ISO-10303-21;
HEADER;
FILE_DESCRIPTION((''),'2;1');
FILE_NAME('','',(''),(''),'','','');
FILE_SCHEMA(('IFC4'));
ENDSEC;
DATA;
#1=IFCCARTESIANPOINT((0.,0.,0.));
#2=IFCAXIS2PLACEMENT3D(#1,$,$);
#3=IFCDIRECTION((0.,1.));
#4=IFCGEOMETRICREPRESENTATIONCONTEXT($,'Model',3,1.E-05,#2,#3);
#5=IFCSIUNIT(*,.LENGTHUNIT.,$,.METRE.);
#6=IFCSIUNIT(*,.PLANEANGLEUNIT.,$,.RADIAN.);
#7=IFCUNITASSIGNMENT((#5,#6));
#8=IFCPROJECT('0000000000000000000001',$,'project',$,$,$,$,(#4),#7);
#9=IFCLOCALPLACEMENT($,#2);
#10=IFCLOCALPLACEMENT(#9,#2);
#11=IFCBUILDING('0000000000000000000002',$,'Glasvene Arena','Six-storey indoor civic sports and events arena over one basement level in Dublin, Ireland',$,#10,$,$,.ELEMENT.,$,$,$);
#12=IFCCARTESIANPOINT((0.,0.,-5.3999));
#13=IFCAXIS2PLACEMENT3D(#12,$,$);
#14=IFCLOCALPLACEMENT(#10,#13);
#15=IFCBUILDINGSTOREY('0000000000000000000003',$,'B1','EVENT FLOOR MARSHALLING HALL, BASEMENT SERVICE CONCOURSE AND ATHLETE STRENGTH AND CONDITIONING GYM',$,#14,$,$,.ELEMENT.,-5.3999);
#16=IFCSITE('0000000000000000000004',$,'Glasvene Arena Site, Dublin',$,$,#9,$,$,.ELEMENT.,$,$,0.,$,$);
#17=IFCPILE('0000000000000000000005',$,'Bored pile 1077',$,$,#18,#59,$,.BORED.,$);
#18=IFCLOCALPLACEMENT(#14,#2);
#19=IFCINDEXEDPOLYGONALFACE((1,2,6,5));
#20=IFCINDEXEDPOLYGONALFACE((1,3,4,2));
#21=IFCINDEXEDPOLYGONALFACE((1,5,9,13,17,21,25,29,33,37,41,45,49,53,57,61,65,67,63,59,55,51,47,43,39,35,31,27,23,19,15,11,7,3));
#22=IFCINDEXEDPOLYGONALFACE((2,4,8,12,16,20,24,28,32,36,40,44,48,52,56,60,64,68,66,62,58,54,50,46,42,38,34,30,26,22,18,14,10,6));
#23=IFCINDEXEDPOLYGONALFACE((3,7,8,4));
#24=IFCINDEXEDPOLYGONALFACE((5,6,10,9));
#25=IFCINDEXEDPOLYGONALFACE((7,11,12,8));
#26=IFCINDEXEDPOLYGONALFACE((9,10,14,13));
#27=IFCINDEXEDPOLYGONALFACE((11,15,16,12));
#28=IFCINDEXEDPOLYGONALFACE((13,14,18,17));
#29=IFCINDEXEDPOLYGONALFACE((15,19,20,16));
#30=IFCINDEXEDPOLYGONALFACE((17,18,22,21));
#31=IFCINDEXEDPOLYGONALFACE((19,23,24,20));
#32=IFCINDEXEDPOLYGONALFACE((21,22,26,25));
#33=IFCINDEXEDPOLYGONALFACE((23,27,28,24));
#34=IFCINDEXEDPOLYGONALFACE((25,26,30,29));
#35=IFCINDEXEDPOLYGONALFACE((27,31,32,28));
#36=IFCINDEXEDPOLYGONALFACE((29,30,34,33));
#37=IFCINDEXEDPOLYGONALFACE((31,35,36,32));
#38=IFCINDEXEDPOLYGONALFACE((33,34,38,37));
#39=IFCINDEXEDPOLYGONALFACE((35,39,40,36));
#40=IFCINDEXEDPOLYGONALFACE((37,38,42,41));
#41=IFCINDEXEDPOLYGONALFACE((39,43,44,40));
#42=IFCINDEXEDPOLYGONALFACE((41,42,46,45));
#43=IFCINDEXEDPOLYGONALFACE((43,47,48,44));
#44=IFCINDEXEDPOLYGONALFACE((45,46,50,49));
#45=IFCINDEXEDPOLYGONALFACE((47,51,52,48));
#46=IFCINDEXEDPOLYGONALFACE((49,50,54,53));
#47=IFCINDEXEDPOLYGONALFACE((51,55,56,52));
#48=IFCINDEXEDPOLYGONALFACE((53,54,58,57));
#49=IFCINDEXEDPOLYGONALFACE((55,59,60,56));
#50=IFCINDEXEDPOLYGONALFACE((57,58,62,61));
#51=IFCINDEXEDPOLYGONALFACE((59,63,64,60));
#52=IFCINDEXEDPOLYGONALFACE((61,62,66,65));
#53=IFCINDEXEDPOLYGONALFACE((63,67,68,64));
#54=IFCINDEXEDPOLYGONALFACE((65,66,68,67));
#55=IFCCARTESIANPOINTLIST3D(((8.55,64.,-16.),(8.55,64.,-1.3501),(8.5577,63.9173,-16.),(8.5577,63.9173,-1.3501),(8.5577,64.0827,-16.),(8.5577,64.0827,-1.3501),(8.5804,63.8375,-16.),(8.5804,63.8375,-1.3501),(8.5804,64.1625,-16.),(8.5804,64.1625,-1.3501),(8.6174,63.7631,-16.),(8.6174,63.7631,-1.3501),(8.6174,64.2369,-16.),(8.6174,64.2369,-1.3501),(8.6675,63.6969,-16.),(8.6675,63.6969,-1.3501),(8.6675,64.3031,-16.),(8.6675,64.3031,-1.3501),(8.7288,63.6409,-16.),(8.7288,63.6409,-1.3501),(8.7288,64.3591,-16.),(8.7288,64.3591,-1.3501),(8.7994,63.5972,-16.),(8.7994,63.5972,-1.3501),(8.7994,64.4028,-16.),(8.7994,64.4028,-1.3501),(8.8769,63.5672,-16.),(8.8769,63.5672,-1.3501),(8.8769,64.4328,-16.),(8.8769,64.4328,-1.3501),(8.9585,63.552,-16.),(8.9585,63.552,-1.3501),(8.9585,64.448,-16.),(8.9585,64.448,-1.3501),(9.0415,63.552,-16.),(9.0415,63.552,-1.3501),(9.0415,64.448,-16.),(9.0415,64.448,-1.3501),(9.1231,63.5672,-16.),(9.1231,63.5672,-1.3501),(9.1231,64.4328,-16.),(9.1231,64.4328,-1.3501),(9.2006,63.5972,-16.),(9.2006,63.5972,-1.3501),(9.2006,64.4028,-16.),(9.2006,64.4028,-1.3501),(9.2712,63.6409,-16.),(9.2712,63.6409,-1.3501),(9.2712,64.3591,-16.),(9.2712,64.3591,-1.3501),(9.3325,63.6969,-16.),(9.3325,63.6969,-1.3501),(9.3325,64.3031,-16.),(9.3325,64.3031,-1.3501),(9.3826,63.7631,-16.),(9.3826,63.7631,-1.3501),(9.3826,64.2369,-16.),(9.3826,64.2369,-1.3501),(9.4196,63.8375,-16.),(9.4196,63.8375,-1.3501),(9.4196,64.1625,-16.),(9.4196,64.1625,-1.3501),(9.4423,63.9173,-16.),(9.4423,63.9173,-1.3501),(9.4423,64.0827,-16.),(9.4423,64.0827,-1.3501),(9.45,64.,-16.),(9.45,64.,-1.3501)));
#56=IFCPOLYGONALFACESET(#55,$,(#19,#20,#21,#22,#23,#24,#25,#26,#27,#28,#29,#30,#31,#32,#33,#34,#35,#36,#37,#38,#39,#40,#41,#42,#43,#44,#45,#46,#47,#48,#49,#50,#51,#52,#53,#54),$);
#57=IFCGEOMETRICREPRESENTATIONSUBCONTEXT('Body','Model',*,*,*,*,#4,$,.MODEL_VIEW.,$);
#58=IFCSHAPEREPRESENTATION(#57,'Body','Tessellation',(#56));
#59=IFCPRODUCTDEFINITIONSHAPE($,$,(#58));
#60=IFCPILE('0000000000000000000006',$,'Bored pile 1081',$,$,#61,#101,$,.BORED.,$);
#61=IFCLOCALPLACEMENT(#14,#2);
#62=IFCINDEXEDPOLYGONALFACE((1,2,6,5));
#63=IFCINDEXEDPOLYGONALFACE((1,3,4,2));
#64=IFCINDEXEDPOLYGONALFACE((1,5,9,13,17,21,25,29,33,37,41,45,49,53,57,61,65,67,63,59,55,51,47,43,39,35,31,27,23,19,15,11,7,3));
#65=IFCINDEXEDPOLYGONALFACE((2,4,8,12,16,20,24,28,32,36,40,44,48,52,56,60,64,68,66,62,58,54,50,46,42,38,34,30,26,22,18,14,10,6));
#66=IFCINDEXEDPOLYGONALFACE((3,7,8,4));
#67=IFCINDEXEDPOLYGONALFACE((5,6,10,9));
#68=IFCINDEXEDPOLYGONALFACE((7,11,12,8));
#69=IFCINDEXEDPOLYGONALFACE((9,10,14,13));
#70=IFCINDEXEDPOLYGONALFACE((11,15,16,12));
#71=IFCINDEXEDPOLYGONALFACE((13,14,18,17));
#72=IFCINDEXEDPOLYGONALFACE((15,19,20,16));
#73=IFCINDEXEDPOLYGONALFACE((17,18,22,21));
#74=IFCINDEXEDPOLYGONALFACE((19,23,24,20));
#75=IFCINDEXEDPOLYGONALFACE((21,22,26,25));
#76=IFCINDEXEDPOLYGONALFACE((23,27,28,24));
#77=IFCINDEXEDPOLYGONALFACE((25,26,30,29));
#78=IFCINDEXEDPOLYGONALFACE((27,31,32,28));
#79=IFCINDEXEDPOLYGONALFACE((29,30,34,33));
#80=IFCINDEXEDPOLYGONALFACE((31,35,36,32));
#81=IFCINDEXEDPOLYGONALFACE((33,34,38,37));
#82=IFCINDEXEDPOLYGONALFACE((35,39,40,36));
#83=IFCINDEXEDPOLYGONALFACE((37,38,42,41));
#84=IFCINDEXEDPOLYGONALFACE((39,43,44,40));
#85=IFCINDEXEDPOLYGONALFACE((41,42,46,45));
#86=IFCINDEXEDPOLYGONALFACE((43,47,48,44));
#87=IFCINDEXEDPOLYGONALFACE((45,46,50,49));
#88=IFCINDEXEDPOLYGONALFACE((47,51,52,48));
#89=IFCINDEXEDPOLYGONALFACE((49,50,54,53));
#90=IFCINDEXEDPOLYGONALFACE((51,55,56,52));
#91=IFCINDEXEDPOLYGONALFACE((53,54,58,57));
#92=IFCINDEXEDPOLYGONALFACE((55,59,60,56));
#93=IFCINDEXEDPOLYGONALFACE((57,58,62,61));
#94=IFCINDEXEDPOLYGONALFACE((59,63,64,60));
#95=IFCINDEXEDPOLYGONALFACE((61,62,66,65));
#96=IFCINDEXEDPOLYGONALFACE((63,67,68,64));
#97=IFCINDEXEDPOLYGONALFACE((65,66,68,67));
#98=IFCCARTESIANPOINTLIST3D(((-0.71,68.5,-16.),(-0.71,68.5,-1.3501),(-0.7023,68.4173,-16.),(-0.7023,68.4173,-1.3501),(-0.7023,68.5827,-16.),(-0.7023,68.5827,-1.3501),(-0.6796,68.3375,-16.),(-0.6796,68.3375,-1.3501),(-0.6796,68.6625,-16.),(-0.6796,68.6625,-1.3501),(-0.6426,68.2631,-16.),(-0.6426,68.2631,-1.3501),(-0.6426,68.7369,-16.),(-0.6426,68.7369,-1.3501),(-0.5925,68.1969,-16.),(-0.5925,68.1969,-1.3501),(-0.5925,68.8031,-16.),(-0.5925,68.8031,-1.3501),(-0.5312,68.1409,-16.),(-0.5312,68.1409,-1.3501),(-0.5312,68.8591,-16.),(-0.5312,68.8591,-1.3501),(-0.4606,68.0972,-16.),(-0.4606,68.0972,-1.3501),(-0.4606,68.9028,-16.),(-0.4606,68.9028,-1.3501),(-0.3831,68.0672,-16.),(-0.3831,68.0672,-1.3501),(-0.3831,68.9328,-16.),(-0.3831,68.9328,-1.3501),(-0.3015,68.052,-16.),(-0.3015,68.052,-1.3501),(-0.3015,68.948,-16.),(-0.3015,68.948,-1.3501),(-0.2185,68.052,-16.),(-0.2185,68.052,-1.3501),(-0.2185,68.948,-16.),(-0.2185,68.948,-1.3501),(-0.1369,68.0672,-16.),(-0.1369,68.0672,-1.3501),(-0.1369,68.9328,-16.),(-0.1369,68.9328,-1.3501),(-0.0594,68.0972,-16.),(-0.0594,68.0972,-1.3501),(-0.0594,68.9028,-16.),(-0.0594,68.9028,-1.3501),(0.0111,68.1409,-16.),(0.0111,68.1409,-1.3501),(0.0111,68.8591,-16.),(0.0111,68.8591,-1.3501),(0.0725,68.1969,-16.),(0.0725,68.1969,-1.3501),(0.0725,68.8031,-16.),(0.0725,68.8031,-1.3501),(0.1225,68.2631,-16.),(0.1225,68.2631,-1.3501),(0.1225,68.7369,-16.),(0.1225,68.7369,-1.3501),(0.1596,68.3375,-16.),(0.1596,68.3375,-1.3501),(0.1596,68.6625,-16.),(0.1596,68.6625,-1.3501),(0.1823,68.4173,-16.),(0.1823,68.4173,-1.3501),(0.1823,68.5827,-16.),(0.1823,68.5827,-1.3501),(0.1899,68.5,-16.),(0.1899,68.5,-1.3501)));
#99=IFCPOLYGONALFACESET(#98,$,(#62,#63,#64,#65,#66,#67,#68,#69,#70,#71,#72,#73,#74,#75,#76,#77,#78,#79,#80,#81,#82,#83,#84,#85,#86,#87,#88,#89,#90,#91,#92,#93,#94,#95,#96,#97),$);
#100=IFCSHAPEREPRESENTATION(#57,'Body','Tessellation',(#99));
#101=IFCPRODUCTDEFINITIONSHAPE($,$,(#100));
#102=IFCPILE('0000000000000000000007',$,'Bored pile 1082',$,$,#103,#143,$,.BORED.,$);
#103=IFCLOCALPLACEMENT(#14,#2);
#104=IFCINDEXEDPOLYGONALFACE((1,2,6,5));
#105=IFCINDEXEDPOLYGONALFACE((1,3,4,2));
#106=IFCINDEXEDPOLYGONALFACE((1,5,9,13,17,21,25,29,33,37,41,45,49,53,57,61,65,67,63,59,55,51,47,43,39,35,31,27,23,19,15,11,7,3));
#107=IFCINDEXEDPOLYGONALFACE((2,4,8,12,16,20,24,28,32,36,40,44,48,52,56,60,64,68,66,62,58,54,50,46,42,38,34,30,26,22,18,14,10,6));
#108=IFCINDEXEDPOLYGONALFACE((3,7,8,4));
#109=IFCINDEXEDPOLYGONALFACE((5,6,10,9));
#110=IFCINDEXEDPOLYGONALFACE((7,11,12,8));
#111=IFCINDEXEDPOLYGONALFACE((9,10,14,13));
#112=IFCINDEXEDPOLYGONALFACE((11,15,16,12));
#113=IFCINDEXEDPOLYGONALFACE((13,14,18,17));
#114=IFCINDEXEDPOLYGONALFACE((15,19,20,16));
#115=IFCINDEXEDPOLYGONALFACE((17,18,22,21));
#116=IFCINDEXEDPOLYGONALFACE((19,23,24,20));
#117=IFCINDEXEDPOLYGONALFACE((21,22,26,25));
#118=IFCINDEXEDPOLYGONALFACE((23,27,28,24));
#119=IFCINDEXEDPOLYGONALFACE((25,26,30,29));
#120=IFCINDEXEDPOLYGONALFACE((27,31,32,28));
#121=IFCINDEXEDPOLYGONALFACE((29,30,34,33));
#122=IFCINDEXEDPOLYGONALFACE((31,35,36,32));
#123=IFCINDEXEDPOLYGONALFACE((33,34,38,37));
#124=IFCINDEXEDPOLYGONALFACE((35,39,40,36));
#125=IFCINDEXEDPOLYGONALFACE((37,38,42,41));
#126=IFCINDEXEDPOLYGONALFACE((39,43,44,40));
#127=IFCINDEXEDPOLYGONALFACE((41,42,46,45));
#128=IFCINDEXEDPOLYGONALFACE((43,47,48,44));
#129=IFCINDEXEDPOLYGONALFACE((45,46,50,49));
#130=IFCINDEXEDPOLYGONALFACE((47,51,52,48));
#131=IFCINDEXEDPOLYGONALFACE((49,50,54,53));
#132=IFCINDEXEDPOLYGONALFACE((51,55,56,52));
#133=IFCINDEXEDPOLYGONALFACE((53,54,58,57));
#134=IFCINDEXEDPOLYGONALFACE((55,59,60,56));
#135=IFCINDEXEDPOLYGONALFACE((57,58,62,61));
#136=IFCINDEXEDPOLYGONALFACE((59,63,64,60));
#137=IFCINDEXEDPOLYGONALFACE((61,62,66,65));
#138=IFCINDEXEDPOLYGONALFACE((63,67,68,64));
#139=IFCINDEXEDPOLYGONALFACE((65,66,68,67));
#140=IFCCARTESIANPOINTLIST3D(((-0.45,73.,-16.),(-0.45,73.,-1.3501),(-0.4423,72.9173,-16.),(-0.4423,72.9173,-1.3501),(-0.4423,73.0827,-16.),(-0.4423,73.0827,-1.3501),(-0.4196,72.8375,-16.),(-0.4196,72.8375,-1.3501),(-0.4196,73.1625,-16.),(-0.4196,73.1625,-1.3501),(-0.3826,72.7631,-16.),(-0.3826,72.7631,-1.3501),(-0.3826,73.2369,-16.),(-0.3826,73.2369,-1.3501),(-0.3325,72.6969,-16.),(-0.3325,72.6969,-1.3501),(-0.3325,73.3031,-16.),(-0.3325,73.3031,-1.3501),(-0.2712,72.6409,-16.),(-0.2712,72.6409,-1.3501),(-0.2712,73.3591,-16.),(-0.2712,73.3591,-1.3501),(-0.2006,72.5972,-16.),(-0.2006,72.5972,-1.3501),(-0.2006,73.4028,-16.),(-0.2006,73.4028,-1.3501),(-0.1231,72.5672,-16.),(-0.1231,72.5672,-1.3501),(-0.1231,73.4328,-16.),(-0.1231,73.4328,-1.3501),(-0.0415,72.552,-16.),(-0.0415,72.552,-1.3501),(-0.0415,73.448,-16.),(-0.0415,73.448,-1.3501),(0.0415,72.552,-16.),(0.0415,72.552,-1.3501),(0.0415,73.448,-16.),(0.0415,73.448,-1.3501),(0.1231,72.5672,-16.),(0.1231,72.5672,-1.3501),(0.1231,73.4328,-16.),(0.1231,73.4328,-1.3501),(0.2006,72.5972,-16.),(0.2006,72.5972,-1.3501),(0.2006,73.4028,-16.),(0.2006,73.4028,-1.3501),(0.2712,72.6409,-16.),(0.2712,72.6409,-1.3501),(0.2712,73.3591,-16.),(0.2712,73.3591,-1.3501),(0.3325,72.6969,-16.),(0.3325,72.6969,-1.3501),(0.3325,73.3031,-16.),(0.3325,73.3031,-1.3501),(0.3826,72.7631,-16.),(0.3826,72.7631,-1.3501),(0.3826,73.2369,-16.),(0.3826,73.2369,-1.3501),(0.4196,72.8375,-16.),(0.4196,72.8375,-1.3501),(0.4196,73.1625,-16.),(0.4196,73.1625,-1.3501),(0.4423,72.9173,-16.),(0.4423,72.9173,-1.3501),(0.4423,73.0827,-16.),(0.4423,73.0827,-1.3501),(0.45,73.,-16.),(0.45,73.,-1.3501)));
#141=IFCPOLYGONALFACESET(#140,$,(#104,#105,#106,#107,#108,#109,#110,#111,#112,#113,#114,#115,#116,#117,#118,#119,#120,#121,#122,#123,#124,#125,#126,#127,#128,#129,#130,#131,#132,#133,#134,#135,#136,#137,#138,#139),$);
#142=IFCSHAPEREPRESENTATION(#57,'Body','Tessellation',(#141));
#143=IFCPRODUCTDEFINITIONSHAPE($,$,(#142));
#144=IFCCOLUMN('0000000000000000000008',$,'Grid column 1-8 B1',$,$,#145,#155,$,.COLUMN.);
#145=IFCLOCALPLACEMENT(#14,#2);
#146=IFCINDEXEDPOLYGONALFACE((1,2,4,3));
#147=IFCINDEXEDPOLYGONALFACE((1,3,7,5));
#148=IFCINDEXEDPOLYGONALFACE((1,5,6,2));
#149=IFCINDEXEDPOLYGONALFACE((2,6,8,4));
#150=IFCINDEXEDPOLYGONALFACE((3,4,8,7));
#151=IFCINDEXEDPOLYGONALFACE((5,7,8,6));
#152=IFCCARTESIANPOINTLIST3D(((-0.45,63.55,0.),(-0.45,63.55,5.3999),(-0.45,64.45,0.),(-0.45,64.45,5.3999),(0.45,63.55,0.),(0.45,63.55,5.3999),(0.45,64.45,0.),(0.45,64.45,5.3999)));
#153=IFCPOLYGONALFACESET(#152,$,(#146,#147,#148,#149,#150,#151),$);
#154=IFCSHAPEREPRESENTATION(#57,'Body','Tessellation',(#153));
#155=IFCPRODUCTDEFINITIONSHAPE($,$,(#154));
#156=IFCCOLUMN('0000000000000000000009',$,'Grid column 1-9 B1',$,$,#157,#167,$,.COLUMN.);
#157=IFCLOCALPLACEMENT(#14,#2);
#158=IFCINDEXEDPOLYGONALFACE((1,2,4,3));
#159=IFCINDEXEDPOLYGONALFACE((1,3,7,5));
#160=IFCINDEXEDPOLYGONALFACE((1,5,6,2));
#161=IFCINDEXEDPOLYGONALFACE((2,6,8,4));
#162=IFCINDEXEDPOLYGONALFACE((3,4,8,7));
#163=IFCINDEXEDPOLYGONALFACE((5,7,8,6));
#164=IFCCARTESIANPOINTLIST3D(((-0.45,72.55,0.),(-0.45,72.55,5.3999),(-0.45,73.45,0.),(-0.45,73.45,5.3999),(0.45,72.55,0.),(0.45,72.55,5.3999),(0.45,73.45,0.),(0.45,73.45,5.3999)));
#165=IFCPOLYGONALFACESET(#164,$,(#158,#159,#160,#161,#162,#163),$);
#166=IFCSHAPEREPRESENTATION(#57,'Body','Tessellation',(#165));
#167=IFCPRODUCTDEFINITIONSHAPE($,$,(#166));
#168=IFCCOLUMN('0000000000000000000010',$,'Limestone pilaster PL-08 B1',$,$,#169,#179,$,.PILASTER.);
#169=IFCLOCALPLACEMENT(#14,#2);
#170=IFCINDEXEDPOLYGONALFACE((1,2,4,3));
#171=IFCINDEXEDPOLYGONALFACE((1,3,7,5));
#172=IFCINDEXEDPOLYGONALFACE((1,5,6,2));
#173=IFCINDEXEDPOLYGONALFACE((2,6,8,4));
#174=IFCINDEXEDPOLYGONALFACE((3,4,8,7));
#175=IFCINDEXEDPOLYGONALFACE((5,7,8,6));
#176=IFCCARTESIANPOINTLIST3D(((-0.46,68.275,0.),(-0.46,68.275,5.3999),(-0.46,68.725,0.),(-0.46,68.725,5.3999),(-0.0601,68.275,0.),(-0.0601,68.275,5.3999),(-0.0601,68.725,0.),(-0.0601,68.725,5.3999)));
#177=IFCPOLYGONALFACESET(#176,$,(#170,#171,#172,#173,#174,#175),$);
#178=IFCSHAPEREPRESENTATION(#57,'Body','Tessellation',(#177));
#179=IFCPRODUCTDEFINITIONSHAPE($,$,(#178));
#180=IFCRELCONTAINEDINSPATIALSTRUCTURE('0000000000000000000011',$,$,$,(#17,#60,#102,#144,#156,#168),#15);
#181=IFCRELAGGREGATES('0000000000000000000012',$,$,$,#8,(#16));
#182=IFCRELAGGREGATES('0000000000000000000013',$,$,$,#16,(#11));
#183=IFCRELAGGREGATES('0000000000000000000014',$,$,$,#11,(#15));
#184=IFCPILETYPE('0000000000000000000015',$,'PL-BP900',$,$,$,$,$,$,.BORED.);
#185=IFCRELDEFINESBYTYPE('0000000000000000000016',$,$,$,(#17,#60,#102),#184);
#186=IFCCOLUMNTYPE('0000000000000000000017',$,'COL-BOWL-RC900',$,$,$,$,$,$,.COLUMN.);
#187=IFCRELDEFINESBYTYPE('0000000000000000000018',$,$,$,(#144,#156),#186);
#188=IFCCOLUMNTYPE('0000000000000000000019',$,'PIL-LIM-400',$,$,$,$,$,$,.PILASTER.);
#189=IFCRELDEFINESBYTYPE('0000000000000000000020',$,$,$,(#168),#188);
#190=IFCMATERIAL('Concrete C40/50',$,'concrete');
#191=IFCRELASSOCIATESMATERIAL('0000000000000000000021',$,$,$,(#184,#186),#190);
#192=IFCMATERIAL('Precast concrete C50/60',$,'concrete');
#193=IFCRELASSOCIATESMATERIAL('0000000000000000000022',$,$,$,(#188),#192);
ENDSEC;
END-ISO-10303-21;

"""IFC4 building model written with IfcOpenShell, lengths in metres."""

from ifc_helpers import new_model, si_unit, direction, frame, origin, origin_2d, place, context, subcontext, project, spatial, rectangle, circle, extrude, material, material_profile, profile_set, type_object, element, save


model = new_model("IFC4")

# Units and contexts
model_context = context("Model", 3, precision=1e-05, world=origin(), true_north=direction((0.0, 1.0)))
body_context = subcontext(model_context, "Body", "Model", "MODEL_VIEW")
ifc_project = project(units=[si_unit("LENGTHUNIT", "METRE"), si_unit("PLANEANGLEUNIT", "RADIAN")], contexts=[model_context])

# Site, building, storey
site_placement = place(None, origin())
site = spatial("IfcSite", under=ifc_project, at=site_placement, Name="Glasvene Arena Site, Dublin", CompositionType="ELEMENT", RefElevation=0.0)
building_placement = place(site_placement, origin())
building = spatial("IfcBuilding", under=site, at=building_placement, Name="Glasvene Arena", Description="Six-storey indoor civic sports and events arena over one basement level in Dublin, Ireland", CompositionType="ELEMENT")
storey_placement = place(building_placement, frame((0.0, 0.0, -5.3999)))
storey = spatial("IfcBuildingStorey", under=building, at=storey_placement, Name="B1", Description="EVENT FLOOR MARSHALLING HALL, BASEMENT SERVICE CONCOURSE AND ATHLETE STRENGTH AND CONDITIONING GYM", CompositionType="ELEMENT", Elevation=-5.3999)

# Shared definitions
ifc_material_1 = material(Name="Concrete C40/50", Category="concrete")

# Piles
ifc_material_profile_1 = material_profile(ifc_material_1, circle(Radius=0.45, at=origin_2d()), Name="BORED PILE 900")
ifc_profile_set_1 = profile_set([ifc_material_profile_1], Name="Concrete C40/50")
pile_type = type_object("IfcPileType", Name="PL-BP900", PredefinedType="BORED", material=ifc_profile_set_1)
for number, where, z_axis, x_axis, name in (
    (1, (9.0, 64.0, -1.3501), (0.0, 0.0, -1.0), (1.0, 0.0, 0.0), "Bored pile 1077"),
    (2, (-0.26, 68.5, -1.3501), (0.0, 0.0, -1.0), (1.0, 0.0, 0.0), "Bored pile 1081"),
    (3, (0.0, 73.0, -1.3501), (0.0, 0.0, -1.0), (1.0, 0.0, 0.0), "Bored pile 1082"),
):
    element("IfcPile", number, at=place(storey_placement, frame(where, z_axis=z_axis, x_axis=x_axis)), inside=storey, type_object=pile_type, Name=name, PredefinedType="BORED", context=body_context, shape_type="SweptSolid", body=[
        extrude(circle(Radius=0.45, at=origin_2d()), origin(), (0.0, 0.0, 1.0), 14.6499),
    ])

# Columns
ifc_material_profile_2 = material_profile(ifc_material_1, rectangle(XDim=0.8999, YDim=0.8999, at=origin_2d()), Name="RC 900x900")
ifc_profile_set_2 = profile_set([ifc_material_profile_2], Name="Concrete C40/50")
column_type_1 = type_object("IfcColumnType", Name="COL-BOWL-RC900", PredefinedType="COLUMN", material=ifc_profile_set_2)
for number, where, z_axis, x_axis, name in (
    (4, (0.0, 64.0, 0.0), (0.0, 0.0, 1.0), (1.0, 0.0, 0.0), "Grid column 1-8 B1"),
    (5, (0.0, 73.0, 0.0), (0.0, 0.0, 1.0), (1.0, 0.0, 0.0), "Grid column 1-9 B1"),
):
    element("IfcColumn", number, at=place(storey_placement, frame(where, z_axis=z_axis, x_axis=x_axis)), inside=storey, type_object=column_type_1, Name=name, PredefinedType="COLUMN", context=body_context, shape_type="SweptSolid", body=[
        extrude(rectangle(XDim=0.8999, YDim=0.8999, at=origin_2d()), origin(), (0.0, 0.0, 1.0), 5.3999),
    ])
ifc_material_2 = material(Name="Precast concrete C50/60", Category="concrete")
ifc_material_profile_3 = material_profile(ifc_material_2, rectangle(XDim=0.3999, YDim=0.45, at=origin_2d()), Name="RC 400x450")
ifc_profile_set_3 = profile_set([ifc_material_profile_3], Name="Precast concrete C50/60")
column_type_2 = type_object("IfcColumnType", Name="PIL-LIM-400", PredefinedType="PILASTER", material=ifc_profile_set_3)
column_placement = place(storey_placement, frame((-0.26, 68.5, 0.0), z_axis=(0.0, 0.0, 1.0), x_axis=(1.0, 0.0, 0.0)))
element("IfcColumn", 6, at=column_placement, inside=storey, type_object=column_type_2, Name="Limestone pilaster PL-08 B1", PredefinedType="PILASTER", context=body_context, shape_type="SweptSolid", body=[
    extrude(rectangle(XDim=0.3999, YDim=0.45, at=origin_2d()), origin(), (0.0, 0.0, 1.0), 5.3999),
])

save(model, "model.ifc")
